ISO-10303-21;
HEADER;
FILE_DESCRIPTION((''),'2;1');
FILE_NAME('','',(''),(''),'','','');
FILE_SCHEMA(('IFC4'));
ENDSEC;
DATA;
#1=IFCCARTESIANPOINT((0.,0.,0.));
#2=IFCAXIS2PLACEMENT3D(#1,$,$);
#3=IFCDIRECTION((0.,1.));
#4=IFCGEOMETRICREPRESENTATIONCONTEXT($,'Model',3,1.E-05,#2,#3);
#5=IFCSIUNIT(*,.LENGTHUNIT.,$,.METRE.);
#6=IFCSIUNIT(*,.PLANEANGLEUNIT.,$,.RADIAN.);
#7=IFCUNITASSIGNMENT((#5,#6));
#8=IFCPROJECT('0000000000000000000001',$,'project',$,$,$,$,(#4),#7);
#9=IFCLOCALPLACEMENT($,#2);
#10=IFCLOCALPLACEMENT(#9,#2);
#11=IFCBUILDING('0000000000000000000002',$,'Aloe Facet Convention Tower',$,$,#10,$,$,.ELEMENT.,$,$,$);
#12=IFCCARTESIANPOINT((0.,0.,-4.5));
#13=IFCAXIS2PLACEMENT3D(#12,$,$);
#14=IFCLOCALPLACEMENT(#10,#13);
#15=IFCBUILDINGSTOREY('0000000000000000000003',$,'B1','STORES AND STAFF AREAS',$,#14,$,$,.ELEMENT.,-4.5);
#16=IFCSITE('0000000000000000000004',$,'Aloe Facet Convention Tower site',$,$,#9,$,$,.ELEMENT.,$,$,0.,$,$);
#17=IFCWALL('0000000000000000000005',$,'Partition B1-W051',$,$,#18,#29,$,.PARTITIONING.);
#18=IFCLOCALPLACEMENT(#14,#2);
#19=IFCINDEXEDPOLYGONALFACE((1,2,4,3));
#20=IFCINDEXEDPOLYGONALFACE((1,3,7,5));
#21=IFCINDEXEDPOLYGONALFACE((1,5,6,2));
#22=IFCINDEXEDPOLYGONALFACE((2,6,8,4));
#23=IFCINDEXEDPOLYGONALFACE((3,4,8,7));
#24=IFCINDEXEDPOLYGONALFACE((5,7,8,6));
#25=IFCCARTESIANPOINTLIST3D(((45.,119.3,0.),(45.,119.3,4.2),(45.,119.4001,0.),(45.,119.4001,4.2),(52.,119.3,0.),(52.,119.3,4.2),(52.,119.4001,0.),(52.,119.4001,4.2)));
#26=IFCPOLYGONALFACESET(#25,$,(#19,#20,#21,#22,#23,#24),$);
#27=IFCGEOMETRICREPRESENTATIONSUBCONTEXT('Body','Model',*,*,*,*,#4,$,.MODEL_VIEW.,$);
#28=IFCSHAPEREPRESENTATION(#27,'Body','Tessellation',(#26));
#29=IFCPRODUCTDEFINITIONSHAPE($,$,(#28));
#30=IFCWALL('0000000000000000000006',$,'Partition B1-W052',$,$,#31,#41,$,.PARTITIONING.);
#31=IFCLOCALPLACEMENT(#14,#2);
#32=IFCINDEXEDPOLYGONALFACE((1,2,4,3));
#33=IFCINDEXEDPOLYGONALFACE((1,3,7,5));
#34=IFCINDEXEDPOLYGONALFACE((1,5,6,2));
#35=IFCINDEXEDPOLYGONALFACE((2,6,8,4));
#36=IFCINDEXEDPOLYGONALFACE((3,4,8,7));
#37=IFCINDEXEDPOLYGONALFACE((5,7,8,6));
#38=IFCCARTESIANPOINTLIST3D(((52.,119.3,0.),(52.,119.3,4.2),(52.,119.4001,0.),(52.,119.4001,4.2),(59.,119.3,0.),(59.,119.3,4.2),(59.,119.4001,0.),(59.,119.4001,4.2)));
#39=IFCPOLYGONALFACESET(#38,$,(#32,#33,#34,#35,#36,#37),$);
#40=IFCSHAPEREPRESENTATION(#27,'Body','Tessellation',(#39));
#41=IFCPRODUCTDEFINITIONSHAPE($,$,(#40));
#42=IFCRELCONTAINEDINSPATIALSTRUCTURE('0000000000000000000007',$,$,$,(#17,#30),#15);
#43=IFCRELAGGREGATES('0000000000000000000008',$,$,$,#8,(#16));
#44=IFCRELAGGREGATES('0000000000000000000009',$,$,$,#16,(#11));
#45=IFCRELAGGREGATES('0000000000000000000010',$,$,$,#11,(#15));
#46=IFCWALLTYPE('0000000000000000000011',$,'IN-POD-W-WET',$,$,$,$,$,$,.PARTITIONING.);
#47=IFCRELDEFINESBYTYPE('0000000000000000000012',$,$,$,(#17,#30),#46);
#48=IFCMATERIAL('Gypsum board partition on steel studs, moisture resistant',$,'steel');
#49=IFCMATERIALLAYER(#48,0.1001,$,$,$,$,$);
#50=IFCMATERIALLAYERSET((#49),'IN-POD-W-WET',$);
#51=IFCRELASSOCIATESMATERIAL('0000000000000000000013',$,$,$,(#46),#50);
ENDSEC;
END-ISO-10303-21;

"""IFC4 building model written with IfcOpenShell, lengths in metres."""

from ifc_helpers import new_model, si_unit, direction, frame, frame_2d, origin, place, context, subcontext, project, spatial, rectangle, extrude, material, layer, layer_set, type_object, element, save


model = new_model("IFC4")

# Units and contexts
model_context = context("Model", 3, precision=1e-05, world=origin(), true_north=direction((0.0, 1.0)))
body_context = subcontext(model_context, "Body", "Model", "MODEL_VIEW")
ifc_project = project(units=[si_unit("LENGTHUNIT", "METRE"), si_unit("PLANEANGLEUNIT", "RADIAN")], contexts=[model_context])

# Site, building, storey
site_placement = place(None, origin())
site = spatial("IfcSite", under=ifc_project, at=site_placement, Name="Aloe Facet Convention Tower site", CompositionType="ELEMENT", RefElevation=0.0)
building_placement = place(site_placement, origin())
building = spatial("IfcBuilding", under=site, at=building_placement, Name="Aloe Facet Convention Tower", CompositionType="ELEMENT")
storey_placement = place(building_placement, frame((0.0, 0.0, -4.5)))
storey = spatial("IfcBuildingStorey", under=building, at=storey_placement, Name="B1", Description="STORES AND STAFF AREAS", CompositionType="ELEMENT", Elevation=-4.5)

# Shared definitions
ifc_material_1 = material(Name="Gypsum board partition on steel studs, moisture resistant", Category="steel")
ifc_layer_1 = layer(ifc_material_1, 0.1001)
ifc_layer_set_1 = layer_set([ifc_layer_1], Name="IN-POD-W-WET")
wall_type_1 = type_object("IfcWallType", Name="IN-POD-W-WET", PredefinedType="PARTITIONING", material=ifc_layer_set_1)

# Walls
for number, where, z_axis, x_axis, name in (
    (1, (45.0, 119.3501, 0.0), (0.0, 0.0, 1.0), (1.0, 0.0, 0.0), "Partition B1-W051"),
    (2, (52.0, 119.3501, 0.0), (0.0, 0.0, 1.0), (1.0, 0.0, 0.0), "Partition B1-W052"),
):
    element("IfcWall", number, at=place(storey_placement, frame(where, z_axis=z_axis, x_axis=x_axis)), inside=storey, type_object=wall_type_1, Name=name, PredefinedType="PARTITIONING", context=body_context, shape_type="SweptSolid", body=[
        extrude(rectangle(XDim=7.0, YDim=0.1001, at=frame_2d((3.5, 0.0))), origin(), (0.0, 0.0, 1.0), 4.2),
    ])

save(model, "model.ifc")
